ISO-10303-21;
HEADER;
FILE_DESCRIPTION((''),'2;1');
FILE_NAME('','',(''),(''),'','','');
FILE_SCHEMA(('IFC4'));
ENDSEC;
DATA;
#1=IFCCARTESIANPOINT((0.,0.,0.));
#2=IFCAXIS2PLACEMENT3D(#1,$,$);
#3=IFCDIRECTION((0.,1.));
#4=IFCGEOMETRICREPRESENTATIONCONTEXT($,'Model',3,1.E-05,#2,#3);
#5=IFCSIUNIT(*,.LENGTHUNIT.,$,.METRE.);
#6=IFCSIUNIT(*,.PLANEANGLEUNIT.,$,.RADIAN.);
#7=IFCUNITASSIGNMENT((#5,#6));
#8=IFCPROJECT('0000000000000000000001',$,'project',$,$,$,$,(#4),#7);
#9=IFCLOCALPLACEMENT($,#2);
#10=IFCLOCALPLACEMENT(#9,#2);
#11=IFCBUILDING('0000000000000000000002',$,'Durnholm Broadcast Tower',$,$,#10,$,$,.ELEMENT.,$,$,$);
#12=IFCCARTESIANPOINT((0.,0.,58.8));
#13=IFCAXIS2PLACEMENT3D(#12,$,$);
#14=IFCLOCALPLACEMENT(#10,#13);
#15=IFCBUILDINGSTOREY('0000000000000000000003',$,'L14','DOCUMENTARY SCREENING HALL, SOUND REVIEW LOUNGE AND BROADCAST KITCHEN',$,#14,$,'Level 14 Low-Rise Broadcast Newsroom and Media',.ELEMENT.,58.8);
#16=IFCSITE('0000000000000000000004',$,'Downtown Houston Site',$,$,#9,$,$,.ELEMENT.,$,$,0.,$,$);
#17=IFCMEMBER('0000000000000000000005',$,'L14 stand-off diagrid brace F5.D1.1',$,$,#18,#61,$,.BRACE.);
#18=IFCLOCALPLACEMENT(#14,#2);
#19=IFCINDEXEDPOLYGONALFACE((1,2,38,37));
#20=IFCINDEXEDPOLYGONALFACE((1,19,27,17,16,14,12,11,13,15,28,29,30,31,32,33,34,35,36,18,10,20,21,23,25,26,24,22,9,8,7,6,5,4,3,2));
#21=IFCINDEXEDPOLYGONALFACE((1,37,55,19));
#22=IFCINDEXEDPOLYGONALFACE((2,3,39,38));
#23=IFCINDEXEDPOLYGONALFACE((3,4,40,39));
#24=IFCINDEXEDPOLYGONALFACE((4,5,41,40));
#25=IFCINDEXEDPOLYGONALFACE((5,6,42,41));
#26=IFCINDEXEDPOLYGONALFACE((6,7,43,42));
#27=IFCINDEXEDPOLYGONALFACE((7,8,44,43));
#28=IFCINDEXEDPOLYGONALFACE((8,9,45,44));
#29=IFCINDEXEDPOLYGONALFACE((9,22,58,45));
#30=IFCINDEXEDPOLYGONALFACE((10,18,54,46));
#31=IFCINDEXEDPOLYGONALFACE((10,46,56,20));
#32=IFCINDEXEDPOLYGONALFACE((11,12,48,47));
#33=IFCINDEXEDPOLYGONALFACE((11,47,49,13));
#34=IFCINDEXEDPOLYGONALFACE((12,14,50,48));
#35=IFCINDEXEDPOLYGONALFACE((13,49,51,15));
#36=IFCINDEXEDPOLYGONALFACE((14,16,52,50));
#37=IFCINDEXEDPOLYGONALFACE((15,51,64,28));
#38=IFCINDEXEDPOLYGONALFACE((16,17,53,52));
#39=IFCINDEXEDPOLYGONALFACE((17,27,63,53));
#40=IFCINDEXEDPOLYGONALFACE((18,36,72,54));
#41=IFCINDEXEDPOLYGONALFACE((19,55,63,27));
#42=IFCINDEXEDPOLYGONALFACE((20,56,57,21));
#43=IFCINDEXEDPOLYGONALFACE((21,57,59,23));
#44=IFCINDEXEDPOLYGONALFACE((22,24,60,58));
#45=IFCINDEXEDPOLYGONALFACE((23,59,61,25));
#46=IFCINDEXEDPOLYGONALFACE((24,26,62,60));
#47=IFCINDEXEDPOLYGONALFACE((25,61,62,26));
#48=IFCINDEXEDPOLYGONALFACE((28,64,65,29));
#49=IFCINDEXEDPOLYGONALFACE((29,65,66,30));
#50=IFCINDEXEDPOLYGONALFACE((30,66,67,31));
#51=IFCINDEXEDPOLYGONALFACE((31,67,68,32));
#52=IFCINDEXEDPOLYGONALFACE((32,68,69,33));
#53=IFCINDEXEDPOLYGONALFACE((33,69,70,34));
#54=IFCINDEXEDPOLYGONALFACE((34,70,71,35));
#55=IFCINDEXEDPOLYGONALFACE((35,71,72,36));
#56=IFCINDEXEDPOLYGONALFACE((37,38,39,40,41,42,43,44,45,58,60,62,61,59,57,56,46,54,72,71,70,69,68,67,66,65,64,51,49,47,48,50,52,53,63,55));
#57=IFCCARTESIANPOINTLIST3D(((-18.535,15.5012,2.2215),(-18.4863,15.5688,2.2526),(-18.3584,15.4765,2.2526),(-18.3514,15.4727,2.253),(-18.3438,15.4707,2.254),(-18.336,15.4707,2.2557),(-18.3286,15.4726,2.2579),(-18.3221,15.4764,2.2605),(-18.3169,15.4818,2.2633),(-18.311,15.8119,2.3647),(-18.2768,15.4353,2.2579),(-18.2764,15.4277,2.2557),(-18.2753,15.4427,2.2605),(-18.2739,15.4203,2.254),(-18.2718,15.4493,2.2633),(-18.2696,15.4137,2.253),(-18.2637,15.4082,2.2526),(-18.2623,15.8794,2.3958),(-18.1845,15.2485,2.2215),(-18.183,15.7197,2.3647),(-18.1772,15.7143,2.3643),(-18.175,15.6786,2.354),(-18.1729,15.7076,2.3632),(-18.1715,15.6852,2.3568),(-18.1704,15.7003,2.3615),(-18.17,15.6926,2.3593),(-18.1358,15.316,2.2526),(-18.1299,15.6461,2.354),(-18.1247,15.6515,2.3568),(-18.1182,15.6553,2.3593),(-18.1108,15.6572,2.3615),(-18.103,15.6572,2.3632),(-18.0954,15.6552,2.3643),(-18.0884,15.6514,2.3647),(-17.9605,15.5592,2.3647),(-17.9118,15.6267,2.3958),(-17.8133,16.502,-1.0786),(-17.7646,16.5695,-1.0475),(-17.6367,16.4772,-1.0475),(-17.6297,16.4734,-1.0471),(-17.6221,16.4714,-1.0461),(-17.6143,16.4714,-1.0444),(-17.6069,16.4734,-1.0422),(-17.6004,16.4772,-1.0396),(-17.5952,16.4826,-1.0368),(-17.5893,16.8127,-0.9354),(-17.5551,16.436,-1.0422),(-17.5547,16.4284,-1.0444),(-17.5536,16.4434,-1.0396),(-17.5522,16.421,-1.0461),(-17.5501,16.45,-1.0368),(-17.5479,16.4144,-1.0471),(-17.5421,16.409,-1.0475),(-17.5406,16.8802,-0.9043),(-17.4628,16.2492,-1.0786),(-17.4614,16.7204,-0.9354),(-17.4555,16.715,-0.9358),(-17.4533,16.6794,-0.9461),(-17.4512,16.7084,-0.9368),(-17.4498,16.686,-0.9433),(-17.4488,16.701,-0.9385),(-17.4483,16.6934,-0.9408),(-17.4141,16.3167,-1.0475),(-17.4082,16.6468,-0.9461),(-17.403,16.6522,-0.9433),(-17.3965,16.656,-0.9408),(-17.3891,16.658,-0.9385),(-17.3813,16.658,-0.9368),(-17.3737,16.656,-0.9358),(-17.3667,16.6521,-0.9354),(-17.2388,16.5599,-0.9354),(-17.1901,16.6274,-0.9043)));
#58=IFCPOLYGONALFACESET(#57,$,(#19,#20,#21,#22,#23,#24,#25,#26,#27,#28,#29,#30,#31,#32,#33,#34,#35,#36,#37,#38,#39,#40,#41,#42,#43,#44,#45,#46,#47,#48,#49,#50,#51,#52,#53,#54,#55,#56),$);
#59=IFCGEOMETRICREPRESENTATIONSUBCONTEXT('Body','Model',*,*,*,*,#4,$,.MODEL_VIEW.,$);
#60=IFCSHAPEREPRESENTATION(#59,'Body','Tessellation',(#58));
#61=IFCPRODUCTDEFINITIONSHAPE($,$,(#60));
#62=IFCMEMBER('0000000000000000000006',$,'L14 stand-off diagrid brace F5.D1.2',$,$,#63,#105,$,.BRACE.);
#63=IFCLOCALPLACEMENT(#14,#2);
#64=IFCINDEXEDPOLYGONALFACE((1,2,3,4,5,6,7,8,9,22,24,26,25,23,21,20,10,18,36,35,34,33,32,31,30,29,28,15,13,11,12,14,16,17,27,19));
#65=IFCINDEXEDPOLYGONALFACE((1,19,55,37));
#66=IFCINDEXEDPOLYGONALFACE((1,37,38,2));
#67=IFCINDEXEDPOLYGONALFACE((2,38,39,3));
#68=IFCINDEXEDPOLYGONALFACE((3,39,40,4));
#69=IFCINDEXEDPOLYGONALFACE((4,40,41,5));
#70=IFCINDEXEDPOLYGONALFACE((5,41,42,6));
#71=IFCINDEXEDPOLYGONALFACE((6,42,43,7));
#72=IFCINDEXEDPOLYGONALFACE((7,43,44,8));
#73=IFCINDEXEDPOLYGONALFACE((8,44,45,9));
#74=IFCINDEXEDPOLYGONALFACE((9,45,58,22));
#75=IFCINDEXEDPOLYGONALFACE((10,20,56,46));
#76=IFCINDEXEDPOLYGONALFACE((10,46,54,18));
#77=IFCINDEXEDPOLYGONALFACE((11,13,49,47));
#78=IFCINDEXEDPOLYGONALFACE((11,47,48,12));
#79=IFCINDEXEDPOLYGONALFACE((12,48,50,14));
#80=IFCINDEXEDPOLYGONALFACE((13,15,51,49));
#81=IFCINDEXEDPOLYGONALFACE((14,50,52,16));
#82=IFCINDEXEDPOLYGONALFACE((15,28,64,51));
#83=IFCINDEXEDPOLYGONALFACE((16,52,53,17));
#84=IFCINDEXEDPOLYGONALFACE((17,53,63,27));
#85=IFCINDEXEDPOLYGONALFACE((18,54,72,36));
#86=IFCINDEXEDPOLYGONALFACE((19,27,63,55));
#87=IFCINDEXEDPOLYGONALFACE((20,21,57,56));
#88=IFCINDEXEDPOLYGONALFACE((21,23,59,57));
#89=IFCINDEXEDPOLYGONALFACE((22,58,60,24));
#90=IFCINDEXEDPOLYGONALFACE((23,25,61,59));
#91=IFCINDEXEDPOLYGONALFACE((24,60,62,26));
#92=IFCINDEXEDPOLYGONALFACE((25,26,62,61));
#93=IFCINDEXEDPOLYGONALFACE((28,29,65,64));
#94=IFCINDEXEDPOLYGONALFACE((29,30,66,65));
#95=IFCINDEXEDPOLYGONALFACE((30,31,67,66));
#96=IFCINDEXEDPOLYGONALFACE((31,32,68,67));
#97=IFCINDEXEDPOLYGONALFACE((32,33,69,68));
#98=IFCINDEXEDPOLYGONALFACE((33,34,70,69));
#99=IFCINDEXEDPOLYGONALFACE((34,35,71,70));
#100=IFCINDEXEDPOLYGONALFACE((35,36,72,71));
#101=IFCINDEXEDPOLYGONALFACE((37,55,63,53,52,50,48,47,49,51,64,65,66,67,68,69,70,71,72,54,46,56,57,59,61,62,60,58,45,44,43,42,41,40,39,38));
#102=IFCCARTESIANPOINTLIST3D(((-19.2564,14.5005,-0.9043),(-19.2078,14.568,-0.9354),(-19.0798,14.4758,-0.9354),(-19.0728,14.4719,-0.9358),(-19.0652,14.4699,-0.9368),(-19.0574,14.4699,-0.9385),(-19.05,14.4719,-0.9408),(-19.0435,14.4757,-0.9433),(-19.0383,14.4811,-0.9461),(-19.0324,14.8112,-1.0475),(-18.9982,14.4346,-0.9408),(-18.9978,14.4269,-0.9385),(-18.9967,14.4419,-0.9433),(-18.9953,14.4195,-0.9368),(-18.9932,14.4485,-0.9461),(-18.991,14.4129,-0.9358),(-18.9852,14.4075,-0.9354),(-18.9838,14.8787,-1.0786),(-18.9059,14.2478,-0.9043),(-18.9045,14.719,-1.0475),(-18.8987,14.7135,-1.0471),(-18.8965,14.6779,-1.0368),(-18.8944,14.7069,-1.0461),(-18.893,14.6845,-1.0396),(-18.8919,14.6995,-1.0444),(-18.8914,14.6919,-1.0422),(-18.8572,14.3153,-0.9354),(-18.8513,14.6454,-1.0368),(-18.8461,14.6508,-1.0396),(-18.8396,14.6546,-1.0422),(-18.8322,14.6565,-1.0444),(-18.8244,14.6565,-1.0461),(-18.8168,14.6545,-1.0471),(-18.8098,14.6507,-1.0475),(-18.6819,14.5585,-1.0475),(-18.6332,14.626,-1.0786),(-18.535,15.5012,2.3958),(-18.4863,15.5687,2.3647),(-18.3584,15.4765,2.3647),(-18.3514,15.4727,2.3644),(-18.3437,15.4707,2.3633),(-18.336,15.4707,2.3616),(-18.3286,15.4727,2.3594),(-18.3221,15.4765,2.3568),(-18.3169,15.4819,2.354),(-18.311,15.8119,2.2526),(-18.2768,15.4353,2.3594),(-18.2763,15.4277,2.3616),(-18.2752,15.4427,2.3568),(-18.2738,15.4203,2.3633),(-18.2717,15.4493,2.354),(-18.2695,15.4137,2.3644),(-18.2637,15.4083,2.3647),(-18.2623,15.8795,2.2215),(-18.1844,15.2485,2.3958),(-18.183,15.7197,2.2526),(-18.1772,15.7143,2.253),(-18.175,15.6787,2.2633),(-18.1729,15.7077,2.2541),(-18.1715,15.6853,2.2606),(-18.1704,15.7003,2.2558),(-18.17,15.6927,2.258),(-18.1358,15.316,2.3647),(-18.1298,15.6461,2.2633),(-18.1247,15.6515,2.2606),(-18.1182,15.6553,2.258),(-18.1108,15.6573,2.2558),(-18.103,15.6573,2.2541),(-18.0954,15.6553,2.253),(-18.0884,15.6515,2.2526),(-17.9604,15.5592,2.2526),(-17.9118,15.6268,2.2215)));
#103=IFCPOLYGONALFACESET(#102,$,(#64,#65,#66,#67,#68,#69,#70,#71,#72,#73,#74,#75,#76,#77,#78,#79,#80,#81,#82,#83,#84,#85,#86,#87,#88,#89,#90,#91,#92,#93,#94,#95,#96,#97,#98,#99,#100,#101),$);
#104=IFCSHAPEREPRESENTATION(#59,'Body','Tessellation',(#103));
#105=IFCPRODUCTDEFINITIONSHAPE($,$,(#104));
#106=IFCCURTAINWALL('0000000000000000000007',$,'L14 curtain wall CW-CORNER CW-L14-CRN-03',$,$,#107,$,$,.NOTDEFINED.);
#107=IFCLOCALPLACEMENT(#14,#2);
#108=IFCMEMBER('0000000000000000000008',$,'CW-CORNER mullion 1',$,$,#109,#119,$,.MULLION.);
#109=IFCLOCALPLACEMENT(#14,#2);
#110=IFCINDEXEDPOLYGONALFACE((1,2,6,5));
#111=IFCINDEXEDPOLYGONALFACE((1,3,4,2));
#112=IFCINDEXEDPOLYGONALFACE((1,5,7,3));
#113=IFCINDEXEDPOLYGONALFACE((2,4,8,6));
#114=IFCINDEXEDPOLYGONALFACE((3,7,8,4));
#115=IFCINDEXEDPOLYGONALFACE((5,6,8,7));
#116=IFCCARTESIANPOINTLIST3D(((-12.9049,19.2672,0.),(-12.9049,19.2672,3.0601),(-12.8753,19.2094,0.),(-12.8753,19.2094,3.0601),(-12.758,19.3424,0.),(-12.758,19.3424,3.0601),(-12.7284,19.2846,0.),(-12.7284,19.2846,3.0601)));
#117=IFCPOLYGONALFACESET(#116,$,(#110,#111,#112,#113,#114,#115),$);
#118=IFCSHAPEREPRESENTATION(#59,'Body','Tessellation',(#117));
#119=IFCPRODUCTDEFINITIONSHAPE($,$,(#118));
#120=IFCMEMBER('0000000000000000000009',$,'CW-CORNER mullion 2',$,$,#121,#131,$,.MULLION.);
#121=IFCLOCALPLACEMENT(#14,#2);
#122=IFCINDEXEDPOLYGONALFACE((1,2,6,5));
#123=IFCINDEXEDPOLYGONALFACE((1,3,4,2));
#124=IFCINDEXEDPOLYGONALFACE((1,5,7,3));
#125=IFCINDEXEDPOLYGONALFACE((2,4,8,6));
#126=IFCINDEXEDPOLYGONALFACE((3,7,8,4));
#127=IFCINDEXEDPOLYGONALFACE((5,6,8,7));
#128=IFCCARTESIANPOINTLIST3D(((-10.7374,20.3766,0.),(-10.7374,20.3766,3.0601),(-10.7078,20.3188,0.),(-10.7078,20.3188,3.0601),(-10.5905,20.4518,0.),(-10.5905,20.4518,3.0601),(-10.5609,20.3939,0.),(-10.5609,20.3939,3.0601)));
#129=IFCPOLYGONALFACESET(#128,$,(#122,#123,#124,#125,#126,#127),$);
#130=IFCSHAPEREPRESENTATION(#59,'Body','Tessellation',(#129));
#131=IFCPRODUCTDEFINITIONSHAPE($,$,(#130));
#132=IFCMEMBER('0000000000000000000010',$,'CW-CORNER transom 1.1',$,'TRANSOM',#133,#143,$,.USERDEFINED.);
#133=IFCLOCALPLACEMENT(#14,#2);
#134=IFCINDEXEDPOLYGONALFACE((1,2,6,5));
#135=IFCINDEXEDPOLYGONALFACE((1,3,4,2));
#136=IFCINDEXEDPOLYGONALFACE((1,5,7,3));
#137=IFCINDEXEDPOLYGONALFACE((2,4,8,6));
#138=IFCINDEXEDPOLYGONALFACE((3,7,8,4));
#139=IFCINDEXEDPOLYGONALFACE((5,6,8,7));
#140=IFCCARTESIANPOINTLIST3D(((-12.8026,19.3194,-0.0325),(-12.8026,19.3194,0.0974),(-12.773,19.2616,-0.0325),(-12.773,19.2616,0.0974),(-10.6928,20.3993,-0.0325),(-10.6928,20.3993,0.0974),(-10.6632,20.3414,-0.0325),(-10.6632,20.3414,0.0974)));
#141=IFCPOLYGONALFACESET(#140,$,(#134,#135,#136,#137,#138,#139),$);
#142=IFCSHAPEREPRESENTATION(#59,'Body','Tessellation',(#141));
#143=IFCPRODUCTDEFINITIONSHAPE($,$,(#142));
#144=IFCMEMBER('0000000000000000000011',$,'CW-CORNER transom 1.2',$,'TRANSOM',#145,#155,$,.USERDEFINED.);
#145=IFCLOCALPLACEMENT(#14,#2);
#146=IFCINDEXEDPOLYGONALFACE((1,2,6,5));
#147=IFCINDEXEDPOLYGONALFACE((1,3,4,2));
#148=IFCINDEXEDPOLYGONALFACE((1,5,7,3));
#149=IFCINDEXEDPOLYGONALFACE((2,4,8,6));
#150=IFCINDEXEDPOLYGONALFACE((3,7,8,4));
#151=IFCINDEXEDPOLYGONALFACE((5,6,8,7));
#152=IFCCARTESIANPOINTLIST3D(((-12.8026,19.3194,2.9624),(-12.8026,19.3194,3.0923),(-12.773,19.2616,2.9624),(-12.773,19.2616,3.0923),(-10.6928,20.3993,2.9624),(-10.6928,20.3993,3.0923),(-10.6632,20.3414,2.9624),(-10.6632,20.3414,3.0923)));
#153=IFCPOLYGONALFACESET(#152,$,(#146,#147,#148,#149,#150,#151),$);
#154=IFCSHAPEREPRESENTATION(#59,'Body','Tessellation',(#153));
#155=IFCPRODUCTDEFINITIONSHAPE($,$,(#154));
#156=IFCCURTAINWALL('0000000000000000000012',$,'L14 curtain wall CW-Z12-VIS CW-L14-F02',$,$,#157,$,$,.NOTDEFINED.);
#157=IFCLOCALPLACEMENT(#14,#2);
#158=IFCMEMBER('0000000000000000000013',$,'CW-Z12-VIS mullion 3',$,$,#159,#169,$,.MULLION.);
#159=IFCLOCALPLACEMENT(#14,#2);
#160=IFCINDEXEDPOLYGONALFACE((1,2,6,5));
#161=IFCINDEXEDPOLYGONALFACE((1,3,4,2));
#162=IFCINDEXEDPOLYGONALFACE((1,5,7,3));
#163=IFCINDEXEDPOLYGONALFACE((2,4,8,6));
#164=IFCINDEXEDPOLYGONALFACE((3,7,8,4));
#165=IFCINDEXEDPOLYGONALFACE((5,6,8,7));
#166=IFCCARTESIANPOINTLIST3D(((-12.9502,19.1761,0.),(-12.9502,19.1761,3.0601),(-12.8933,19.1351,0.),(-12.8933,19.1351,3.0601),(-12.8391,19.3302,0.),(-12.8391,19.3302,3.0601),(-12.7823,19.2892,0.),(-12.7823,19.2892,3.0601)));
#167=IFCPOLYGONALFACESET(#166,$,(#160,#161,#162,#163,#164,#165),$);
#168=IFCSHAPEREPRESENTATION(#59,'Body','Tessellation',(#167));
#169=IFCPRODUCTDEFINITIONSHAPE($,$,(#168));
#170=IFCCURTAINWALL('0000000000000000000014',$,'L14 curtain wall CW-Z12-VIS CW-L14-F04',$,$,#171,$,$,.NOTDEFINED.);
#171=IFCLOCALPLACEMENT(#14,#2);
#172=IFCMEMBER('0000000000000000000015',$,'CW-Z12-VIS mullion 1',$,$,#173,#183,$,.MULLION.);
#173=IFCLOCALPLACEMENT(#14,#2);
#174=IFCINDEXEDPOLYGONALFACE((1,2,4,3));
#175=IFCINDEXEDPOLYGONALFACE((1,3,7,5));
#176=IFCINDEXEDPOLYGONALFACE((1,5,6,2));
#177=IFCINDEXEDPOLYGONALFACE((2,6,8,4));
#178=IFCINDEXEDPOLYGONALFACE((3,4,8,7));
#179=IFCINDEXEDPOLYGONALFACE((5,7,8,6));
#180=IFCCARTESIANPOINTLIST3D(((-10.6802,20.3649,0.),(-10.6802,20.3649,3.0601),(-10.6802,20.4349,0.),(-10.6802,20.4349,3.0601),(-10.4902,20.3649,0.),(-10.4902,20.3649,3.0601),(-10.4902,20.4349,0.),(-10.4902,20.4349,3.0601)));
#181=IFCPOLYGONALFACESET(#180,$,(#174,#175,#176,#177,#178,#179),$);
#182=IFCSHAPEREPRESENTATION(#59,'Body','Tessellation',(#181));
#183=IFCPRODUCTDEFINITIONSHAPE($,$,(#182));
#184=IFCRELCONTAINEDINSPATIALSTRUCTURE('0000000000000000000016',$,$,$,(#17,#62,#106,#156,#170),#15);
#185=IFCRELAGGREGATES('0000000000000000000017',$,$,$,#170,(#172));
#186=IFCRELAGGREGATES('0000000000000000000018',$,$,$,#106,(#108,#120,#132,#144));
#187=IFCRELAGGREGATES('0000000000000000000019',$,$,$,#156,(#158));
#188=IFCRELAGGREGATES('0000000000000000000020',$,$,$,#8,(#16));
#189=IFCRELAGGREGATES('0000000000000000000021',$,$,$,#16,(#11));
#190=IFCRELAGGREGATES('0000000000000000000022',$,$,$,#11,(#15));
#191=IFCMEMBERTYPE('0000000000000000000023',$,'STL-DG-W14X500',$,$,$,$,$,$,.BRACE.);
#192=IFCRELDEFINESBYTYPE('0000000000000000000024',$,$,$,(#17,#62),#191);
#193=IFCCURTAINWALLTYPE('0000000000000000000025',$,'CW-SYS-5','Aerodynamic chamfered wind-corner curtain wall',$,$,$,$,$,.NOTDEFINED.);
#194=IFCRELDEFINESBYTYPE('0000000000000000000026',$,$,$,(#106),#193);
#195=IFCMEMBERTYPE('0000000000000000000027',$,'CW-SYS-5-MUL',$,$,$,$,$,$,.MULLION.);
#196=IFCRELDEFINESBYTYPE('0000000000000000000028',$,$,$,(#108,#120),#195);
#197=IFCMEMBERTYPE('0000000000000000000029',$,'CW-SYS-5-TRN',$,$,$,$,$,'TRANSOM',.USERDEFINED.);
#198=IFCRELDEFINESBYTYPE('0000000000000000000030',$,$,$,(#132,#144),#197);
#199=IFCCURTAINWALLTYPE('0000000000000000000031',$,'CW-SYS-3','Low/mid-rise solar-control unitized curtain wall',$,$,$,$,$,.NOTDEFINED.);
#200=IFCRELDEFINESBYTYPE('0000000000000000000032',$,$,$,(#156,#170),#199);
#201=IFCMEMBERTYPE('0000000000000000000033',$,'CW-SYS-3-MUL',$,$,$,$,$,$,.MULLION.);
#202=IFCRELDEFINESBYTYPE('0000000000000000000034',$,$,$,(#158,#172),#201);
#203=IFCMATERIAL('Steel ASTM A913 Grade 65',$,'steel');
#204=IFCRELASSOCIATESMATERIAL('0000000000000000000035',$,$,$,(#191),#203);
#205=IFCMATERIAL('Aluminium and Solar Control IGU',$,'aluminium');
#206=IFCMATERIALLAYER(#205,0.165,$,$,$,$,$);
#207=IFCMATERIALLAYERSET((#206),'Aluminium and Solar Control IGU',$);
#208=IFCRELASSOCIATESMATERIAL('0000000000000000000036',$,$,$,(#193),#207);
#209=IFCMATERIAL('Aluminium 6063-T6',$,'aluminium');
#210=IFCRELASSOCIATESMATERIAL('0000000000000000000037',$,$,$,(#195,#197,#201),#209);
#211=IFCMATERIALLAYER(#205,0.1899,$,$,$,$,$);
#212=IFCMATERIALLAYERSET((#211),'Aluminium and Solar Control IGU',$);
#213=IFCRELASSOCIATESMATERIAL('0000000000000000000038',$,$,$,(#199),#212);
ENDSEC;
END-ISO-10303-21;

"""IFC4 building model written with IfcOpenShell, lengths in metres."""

from ifc_helpers import new_model, si_unit, direction, frame, origin, origin_2d, place, context, subcontext, project, spatial, rectangle, i_section, extrude, source, transform, mapped, material, layer, layer_set, material_profile, profile_set, type_object, type_shapes, element, aggregate, save


model = new_model("IFC4")

# Units and contexts
model_context = context("Model", 3, precision=1e-05, world=origin(), true_north=direction((0.0, 1.0)))
body_context = subcontext(model_context, "Body", "Model", "MODEL_VIEW")
ifc_project = project(units=[si_unit("LENGTHUNIT", "METRE"), si_unit("PLANEANGLEUNIT", "RADIAN")], contexts=[model_context])

# Site, building, storey
site_placement = place(None, origin())
site = spatial("IfcSite", under=ifc_project, at=site_placement, Name="Downtown Houston Site", CompositionType="ELEMENT", RefElevation=0.0)
building_placement = place(site_placement, origin())
building = spatial("IfcBuilding", under=site, at=building_placement, Name="Durnholm Broadcast Tower", CompositionType="ELEMENT")
storey_placement = place(building_placement, frame((0.0, 0.0, 58.8)))
storey = spatial("IfcBuildingStorey", under=building, at=storey_placement, Name="L14", Description="DOCUMENTARY SCREENING HALL, SOUND REVIEW LOUNGE AND BROADCAST KITCHEN", LongName="Level 14 Low-Rise Broadcast Newsroom and Media", CompositionType="ELEMENT", Elevation=58.8)

# Members
ifc_material_1 = material(Name="Steel ASTM A913 Grade 65", Category="steel")
ifc_material_profile_1 = material_profile(ifc_material_1, i_section(OverallWidth=0.4321, OverallDepth=0.4978, WebThickness=0.0557, FlangeThickness=0.0889, FilletRadius=0.0305, at=origin_2d()), Name="W14X500")
ifc_profile_set_1 = profile_set([ifc_material_profile_1], Name="Steel ASTM A913 Grade 65")
member_type_1 = type_object("IfcMemberType", Name="STL-DG-W14X500", PredefinedType="BRACE", material=ifc_profile_set_1)
shared_shape_1 = source(origin(), body_context, "Body", "SweptSolid", [
    extrude(i_section(OverallWidth=0.4321, OverallDepth=0.4978, WebThickness=0.0557, FlangeThickness=0.0889, FilletRadius=0.0305, at=origin_2d()), origin(), (0.0, 0.0, 1.0), 3.5232),
])
type_shapes(member_type_1, [shared_shape_1])
for number, where, z_axis, x_axis, name in (
    (1, (-17.5017, 16.5647, -0.9915), (-0.204839, -0.284045, 0.936675), (0.811091, -0.58492, 0.0), "L14 stand-off diagrid brace F5.D1.1"),
    (2, (-18.9448, 14.5632, -0.9915), (0.204773, 0.284049, 0.936688), (-0.811185, 0.584789, 0.0), "L14 stand-off diagrid brace F5.D1.2"),
):
    element("IfcMember", number, at=place(storey_placement, frame(where, z_axis=z_axis, x_axis=x_axis)), inside=storey, type_object=member_type_1, Name=name, PredefinedType="BRACE", context=body_context, shape_type="MappedRepresentation", body=[
        mapped(shared_shape_1, transform((0.0, 0.0, 0.0), x_axis=(1.0, 0.0, 0.0), y_axis=(0.0, 1.0, 0.0), z_axis=(0.0, 0.0, 1.0), scale=1.0)),
    ])

# Curtain wall, members
ifc_material_2 = material(Name="Aluminium and Solar Control IGU", Category="aluminium")
ifc_layer_1 = layer(ifc_material_2, 0.165)
ifc_layer_set_1 = layer_set([ifc_layer_1], Name="Aluminium and Solar Control IGU")
curtain_wall_type_1 = type_object("IfcCurtainWallType", Name="CW-SYS-5", Description="Aerodynamic chamfered wind-corner curtain wall", PredefinedType="NOTDEFINED", material=ifc_layer_set_1)
curtain_wall_1_placement = place(storey_placement, origin())
curtain_wall_1 = element("IfcCurtainWall", 3, at=curtain_wall_1_placement, inside=storey, type_object=curtain_wall_type_1, Name="L14 curtain wall CW-CORNER CW-L14-CRN-03", PredefinedType="NOTDEFINED")
ifc_material_3 = material(Name="Aluminium 6063-T6", Category="aluminium")
ifc_material_profile_2 = material_profile(ifc_material_3, rectangle(XDim=0.0649, YDim=0.165, at=origin_2d()), Name="CWM65X165")
ifc_profile_set_2 = profile_set([ifc_material_profile_2], Name="Aluminium 6063-T6")
member_type_2 = type_object("IfcMemberType", Name="CW-SYS-5-MUL", PredefinedType="MULLION", material=ifc_profile_set_2)
shared_shape_2 = source(origin(), body_context, "Body", "SweptSolid", [
    extrude(rectangle(XDim=0.0649, YDim=0.165, at=origin_2d()), origin(), (0.0, 0.0, 1.0), 3.0601),
])
type_shapes(member_type_2, [shared_shape_2])
member_1_placement = place(storey_placement, frame((-12.8167, 19.2759, 0.0), z_axis=(0.0, 0.0, 1.0), x_axis=(-0.455594, 0.890188, 0.0)))
member_1 = element("IfcMember", 4, at=member_1_placement, type_object=member_type_2, Name="CW-CORNER mullion 1", PredefinedType="MULLION", context=body_context, shape_type="MappedRepresentation", body=[
    mapped(shared_shape_2, transform((0.0, 0.0, 0.0), x_axis=(1.0, 0.0, 0.0), y_axis=(0.0, 1.0, 0.0), z_axis=(0.0, 0.0, 1.0), scale=1.0)),
])
member_2_placement = place(storey_placement, frame((-10.6492, 20.3853, 0.0), z_axis=(0.0, 0.0, 1.0), x_axis=(-0.455594, 0.890188, 0.0)))
member_2 = element("IfcMember", 5, at=member_2_placement, type_object=member_type_2, Name="CW-CORNER mullion 2", PredefinedType="MULLION", context=body_context, shape_type="MappedRepresentation", body=[
    mapped(shared_shape_2, transform((0.0, 0.0, 0.0), x_axis=(1.0, 0.0, 0.0), y_axis=(0.0, 1.0, 0.0), z_axis=(0.0, 0.0, 1.0), scale=1.0)),
])
ifc_material_profile_3 = material_profile(ifc_material_3, rectangle(XDim=0.0649, YDim=0.1299, at=origin_2d()), Name="CWT65X130")
ifc_profile_set_3 = profile_set([ifc_material_profile_3], Name="Aluminium 6063-T6")
member_type_3 = type_object("IfcMemberType", Name="CW-SYS-5-TRN", ElementType="TRANSOM", PredefinedType="USERDEFINED", material=ifc_profile_set_3)
shared_shape_3 = source(origin(), body_context, "Body", "SweptSolid", [
    extrude(rectangle(XDim=0.0649, YDim=0.1299, at=origin_2d()), origin(), (0.0, 0.0, 1.0), 2.3701),
])
type_shapes(member_type_3, [shared_shape_3])
member_3_placement = place(storey_placement, frame((-12.7878, 19.2905, 0.0325), z_axis=(0.890185, 0.455599, 0.0), x_axis=(-0.455599, 0.890185, 0.0)))
member_3 = element("IfcMember", 6, at=member_3_placement, type_object=member_type_3, Name="CW-CORNER transom 1.1", ObjectType="TRANSOM", PredefinedType="USERDEFINED", context=body_context, shape_type="MappedRepresentation", body=[
    mapped(shared_shape_3, transform((0.0, 0.0, 0.0), x_axis=(1.0, 0.0, 0.0), y_axis=(0.0, 1.0, 0.0), z_axis=(0.0, 0.0, 1.0), scale=1.0)),
])
member_4_placement = place(storey_placement, frame((-12.7878, 19.2905, 3.0273), z_axis=(0.890185, 0.455599, 0.0), x_axis=(-0.455599, 0.890185, 0.0)))
member_4 = element("IfcMember", 7, at=member_4_placement, type_object=member_type_3, Name="CW-CORNER transom 1.2", ObjectType="TRANSOM", PredefinedType="USERDEFINED", context=body_context, shape_type="MappedRepresentation", body=[
    mapped(shared_shape_3, transform((0.0, 0.0, 0.0), x_axis=(1.0, 0.0, 0.0), y_axis=(0.0, 1.0, 0.0), z_axis=(0.0, 0.0, 1.0), scale=1.0)),
])

# Curtain wall, member
ifc_layer_2 = layer(ifc_material_2, 0.1899)
ifc_layer_set_2 = layer_set([ifc_layer_2], Name="Aluminium and Solar Control IGU")
curtain_wall_type_2 = type_object("IfcCurtainWallType", Name="CW-SYS-3", Description="Low/mid-rise solar-control unitized curtain wall", PredefinedType="NOTDEFINED", material=ifc_layer_set_2)
curtain_wall_2_placement = place(storey_placement, origin())
curtain_wall_2 = element("IfcCurtainWall", 8, at=curtain_wall_2_placement, inside=storey, type_object=curtain_wall_type_2, Name="L14 curtain wall CW-Z12-VIS CW-L14-F02", PredefinedType="NOTDEFINED")
ifc_material_profile_4 = material_profile(ifc_material_3, rectangle(XDim=0.0701, YDim=0.1899, at=origin_2d()), Name="CWM70X190")
ifc_profile_set_4 = profile_set([ifc_material_profile_4], Name="Aluminium 6063-T6")
member_type_4 = type_object("IfcMemberType", Name="CW-SYS-3-MUL", PredefinedType="MULLION", material=ifc_profile_set_4)
shared_shape_4 = source(origin(), body_context, "Body", "SweptSolid", [
    extrude(rectangle(XDim=0.0701, YDim=0.1899, at=origin_2d()), origin(), (0.0, 0.0, 1.0), 3.0601),
])
type_shapes(member_type_4, [shared_shape_4])
member_5_placement = place(storey_placement, frame((-12.8662, 19.2327, 0.0), z_axis=(0.0, 0.0, 1.0), x_axis=(-0.811161, 0.584823, 0.0)))
member_5 = element("IfcMember", 9, at=member_5_placement, type_object=member_type_4, Name="CW-Z12-VIS mullion 3", PredefinedType="MULLION", context=body_context, shape_type="MappedRepresentation", body=[
    mapped(shared_shape_4, transform((0.0, 0.0, 0.0), x_axis=(1.0, 0.0, 0.0), y_axis=(0.0, 1.0, 0.0), z_axis=(0.0, 0.0, 1.0), scale=1.0)),
])

# Curtain wall, member
curtain_wall_3_placement = place(storey_placement, origin())
curtain_wall_3 = element("IfcCurtainWall", 10, at=curtain_wall_3_placement, inside=storey, type_object=curtain_wall_type_2, Name="L14 curtain wall CW-Z12-VIS CW-L14-F04", PredefinedType="NOTDEFINED")
member_6_placement = place(storey_placement, frame((-10.5852, 20.3999, 0.0), z_axis=(0.0, 0.0, 1.0), x_axis=(0.0, 1.0, 0.0)))
member_6 = element("IfcMember", 11, at=member_6_placement, type_object=member_type_4, Name="CW-Z12-VIS mullion 1", PredefinedType="MULLION", context=body_context, shape_type="MappedRepresentation", body=[
    mapped(shared_shape_4, transform((0.0, 0.0, 0.0), x_axis=(1.0, 0.0, 0.0), y_axis=(0.0, 1.0, 0.0), z_axis=(0.0, 0.0, 1.0), scale=1.0)),
])
aggregate(curtain_wall_3, [member_6])

aggregate(curtain_wall_1, [member_1, member_2, member_3, member_4])
aggregate(curtain_wall_2, [member_5])

save(model, "model.ifc")
